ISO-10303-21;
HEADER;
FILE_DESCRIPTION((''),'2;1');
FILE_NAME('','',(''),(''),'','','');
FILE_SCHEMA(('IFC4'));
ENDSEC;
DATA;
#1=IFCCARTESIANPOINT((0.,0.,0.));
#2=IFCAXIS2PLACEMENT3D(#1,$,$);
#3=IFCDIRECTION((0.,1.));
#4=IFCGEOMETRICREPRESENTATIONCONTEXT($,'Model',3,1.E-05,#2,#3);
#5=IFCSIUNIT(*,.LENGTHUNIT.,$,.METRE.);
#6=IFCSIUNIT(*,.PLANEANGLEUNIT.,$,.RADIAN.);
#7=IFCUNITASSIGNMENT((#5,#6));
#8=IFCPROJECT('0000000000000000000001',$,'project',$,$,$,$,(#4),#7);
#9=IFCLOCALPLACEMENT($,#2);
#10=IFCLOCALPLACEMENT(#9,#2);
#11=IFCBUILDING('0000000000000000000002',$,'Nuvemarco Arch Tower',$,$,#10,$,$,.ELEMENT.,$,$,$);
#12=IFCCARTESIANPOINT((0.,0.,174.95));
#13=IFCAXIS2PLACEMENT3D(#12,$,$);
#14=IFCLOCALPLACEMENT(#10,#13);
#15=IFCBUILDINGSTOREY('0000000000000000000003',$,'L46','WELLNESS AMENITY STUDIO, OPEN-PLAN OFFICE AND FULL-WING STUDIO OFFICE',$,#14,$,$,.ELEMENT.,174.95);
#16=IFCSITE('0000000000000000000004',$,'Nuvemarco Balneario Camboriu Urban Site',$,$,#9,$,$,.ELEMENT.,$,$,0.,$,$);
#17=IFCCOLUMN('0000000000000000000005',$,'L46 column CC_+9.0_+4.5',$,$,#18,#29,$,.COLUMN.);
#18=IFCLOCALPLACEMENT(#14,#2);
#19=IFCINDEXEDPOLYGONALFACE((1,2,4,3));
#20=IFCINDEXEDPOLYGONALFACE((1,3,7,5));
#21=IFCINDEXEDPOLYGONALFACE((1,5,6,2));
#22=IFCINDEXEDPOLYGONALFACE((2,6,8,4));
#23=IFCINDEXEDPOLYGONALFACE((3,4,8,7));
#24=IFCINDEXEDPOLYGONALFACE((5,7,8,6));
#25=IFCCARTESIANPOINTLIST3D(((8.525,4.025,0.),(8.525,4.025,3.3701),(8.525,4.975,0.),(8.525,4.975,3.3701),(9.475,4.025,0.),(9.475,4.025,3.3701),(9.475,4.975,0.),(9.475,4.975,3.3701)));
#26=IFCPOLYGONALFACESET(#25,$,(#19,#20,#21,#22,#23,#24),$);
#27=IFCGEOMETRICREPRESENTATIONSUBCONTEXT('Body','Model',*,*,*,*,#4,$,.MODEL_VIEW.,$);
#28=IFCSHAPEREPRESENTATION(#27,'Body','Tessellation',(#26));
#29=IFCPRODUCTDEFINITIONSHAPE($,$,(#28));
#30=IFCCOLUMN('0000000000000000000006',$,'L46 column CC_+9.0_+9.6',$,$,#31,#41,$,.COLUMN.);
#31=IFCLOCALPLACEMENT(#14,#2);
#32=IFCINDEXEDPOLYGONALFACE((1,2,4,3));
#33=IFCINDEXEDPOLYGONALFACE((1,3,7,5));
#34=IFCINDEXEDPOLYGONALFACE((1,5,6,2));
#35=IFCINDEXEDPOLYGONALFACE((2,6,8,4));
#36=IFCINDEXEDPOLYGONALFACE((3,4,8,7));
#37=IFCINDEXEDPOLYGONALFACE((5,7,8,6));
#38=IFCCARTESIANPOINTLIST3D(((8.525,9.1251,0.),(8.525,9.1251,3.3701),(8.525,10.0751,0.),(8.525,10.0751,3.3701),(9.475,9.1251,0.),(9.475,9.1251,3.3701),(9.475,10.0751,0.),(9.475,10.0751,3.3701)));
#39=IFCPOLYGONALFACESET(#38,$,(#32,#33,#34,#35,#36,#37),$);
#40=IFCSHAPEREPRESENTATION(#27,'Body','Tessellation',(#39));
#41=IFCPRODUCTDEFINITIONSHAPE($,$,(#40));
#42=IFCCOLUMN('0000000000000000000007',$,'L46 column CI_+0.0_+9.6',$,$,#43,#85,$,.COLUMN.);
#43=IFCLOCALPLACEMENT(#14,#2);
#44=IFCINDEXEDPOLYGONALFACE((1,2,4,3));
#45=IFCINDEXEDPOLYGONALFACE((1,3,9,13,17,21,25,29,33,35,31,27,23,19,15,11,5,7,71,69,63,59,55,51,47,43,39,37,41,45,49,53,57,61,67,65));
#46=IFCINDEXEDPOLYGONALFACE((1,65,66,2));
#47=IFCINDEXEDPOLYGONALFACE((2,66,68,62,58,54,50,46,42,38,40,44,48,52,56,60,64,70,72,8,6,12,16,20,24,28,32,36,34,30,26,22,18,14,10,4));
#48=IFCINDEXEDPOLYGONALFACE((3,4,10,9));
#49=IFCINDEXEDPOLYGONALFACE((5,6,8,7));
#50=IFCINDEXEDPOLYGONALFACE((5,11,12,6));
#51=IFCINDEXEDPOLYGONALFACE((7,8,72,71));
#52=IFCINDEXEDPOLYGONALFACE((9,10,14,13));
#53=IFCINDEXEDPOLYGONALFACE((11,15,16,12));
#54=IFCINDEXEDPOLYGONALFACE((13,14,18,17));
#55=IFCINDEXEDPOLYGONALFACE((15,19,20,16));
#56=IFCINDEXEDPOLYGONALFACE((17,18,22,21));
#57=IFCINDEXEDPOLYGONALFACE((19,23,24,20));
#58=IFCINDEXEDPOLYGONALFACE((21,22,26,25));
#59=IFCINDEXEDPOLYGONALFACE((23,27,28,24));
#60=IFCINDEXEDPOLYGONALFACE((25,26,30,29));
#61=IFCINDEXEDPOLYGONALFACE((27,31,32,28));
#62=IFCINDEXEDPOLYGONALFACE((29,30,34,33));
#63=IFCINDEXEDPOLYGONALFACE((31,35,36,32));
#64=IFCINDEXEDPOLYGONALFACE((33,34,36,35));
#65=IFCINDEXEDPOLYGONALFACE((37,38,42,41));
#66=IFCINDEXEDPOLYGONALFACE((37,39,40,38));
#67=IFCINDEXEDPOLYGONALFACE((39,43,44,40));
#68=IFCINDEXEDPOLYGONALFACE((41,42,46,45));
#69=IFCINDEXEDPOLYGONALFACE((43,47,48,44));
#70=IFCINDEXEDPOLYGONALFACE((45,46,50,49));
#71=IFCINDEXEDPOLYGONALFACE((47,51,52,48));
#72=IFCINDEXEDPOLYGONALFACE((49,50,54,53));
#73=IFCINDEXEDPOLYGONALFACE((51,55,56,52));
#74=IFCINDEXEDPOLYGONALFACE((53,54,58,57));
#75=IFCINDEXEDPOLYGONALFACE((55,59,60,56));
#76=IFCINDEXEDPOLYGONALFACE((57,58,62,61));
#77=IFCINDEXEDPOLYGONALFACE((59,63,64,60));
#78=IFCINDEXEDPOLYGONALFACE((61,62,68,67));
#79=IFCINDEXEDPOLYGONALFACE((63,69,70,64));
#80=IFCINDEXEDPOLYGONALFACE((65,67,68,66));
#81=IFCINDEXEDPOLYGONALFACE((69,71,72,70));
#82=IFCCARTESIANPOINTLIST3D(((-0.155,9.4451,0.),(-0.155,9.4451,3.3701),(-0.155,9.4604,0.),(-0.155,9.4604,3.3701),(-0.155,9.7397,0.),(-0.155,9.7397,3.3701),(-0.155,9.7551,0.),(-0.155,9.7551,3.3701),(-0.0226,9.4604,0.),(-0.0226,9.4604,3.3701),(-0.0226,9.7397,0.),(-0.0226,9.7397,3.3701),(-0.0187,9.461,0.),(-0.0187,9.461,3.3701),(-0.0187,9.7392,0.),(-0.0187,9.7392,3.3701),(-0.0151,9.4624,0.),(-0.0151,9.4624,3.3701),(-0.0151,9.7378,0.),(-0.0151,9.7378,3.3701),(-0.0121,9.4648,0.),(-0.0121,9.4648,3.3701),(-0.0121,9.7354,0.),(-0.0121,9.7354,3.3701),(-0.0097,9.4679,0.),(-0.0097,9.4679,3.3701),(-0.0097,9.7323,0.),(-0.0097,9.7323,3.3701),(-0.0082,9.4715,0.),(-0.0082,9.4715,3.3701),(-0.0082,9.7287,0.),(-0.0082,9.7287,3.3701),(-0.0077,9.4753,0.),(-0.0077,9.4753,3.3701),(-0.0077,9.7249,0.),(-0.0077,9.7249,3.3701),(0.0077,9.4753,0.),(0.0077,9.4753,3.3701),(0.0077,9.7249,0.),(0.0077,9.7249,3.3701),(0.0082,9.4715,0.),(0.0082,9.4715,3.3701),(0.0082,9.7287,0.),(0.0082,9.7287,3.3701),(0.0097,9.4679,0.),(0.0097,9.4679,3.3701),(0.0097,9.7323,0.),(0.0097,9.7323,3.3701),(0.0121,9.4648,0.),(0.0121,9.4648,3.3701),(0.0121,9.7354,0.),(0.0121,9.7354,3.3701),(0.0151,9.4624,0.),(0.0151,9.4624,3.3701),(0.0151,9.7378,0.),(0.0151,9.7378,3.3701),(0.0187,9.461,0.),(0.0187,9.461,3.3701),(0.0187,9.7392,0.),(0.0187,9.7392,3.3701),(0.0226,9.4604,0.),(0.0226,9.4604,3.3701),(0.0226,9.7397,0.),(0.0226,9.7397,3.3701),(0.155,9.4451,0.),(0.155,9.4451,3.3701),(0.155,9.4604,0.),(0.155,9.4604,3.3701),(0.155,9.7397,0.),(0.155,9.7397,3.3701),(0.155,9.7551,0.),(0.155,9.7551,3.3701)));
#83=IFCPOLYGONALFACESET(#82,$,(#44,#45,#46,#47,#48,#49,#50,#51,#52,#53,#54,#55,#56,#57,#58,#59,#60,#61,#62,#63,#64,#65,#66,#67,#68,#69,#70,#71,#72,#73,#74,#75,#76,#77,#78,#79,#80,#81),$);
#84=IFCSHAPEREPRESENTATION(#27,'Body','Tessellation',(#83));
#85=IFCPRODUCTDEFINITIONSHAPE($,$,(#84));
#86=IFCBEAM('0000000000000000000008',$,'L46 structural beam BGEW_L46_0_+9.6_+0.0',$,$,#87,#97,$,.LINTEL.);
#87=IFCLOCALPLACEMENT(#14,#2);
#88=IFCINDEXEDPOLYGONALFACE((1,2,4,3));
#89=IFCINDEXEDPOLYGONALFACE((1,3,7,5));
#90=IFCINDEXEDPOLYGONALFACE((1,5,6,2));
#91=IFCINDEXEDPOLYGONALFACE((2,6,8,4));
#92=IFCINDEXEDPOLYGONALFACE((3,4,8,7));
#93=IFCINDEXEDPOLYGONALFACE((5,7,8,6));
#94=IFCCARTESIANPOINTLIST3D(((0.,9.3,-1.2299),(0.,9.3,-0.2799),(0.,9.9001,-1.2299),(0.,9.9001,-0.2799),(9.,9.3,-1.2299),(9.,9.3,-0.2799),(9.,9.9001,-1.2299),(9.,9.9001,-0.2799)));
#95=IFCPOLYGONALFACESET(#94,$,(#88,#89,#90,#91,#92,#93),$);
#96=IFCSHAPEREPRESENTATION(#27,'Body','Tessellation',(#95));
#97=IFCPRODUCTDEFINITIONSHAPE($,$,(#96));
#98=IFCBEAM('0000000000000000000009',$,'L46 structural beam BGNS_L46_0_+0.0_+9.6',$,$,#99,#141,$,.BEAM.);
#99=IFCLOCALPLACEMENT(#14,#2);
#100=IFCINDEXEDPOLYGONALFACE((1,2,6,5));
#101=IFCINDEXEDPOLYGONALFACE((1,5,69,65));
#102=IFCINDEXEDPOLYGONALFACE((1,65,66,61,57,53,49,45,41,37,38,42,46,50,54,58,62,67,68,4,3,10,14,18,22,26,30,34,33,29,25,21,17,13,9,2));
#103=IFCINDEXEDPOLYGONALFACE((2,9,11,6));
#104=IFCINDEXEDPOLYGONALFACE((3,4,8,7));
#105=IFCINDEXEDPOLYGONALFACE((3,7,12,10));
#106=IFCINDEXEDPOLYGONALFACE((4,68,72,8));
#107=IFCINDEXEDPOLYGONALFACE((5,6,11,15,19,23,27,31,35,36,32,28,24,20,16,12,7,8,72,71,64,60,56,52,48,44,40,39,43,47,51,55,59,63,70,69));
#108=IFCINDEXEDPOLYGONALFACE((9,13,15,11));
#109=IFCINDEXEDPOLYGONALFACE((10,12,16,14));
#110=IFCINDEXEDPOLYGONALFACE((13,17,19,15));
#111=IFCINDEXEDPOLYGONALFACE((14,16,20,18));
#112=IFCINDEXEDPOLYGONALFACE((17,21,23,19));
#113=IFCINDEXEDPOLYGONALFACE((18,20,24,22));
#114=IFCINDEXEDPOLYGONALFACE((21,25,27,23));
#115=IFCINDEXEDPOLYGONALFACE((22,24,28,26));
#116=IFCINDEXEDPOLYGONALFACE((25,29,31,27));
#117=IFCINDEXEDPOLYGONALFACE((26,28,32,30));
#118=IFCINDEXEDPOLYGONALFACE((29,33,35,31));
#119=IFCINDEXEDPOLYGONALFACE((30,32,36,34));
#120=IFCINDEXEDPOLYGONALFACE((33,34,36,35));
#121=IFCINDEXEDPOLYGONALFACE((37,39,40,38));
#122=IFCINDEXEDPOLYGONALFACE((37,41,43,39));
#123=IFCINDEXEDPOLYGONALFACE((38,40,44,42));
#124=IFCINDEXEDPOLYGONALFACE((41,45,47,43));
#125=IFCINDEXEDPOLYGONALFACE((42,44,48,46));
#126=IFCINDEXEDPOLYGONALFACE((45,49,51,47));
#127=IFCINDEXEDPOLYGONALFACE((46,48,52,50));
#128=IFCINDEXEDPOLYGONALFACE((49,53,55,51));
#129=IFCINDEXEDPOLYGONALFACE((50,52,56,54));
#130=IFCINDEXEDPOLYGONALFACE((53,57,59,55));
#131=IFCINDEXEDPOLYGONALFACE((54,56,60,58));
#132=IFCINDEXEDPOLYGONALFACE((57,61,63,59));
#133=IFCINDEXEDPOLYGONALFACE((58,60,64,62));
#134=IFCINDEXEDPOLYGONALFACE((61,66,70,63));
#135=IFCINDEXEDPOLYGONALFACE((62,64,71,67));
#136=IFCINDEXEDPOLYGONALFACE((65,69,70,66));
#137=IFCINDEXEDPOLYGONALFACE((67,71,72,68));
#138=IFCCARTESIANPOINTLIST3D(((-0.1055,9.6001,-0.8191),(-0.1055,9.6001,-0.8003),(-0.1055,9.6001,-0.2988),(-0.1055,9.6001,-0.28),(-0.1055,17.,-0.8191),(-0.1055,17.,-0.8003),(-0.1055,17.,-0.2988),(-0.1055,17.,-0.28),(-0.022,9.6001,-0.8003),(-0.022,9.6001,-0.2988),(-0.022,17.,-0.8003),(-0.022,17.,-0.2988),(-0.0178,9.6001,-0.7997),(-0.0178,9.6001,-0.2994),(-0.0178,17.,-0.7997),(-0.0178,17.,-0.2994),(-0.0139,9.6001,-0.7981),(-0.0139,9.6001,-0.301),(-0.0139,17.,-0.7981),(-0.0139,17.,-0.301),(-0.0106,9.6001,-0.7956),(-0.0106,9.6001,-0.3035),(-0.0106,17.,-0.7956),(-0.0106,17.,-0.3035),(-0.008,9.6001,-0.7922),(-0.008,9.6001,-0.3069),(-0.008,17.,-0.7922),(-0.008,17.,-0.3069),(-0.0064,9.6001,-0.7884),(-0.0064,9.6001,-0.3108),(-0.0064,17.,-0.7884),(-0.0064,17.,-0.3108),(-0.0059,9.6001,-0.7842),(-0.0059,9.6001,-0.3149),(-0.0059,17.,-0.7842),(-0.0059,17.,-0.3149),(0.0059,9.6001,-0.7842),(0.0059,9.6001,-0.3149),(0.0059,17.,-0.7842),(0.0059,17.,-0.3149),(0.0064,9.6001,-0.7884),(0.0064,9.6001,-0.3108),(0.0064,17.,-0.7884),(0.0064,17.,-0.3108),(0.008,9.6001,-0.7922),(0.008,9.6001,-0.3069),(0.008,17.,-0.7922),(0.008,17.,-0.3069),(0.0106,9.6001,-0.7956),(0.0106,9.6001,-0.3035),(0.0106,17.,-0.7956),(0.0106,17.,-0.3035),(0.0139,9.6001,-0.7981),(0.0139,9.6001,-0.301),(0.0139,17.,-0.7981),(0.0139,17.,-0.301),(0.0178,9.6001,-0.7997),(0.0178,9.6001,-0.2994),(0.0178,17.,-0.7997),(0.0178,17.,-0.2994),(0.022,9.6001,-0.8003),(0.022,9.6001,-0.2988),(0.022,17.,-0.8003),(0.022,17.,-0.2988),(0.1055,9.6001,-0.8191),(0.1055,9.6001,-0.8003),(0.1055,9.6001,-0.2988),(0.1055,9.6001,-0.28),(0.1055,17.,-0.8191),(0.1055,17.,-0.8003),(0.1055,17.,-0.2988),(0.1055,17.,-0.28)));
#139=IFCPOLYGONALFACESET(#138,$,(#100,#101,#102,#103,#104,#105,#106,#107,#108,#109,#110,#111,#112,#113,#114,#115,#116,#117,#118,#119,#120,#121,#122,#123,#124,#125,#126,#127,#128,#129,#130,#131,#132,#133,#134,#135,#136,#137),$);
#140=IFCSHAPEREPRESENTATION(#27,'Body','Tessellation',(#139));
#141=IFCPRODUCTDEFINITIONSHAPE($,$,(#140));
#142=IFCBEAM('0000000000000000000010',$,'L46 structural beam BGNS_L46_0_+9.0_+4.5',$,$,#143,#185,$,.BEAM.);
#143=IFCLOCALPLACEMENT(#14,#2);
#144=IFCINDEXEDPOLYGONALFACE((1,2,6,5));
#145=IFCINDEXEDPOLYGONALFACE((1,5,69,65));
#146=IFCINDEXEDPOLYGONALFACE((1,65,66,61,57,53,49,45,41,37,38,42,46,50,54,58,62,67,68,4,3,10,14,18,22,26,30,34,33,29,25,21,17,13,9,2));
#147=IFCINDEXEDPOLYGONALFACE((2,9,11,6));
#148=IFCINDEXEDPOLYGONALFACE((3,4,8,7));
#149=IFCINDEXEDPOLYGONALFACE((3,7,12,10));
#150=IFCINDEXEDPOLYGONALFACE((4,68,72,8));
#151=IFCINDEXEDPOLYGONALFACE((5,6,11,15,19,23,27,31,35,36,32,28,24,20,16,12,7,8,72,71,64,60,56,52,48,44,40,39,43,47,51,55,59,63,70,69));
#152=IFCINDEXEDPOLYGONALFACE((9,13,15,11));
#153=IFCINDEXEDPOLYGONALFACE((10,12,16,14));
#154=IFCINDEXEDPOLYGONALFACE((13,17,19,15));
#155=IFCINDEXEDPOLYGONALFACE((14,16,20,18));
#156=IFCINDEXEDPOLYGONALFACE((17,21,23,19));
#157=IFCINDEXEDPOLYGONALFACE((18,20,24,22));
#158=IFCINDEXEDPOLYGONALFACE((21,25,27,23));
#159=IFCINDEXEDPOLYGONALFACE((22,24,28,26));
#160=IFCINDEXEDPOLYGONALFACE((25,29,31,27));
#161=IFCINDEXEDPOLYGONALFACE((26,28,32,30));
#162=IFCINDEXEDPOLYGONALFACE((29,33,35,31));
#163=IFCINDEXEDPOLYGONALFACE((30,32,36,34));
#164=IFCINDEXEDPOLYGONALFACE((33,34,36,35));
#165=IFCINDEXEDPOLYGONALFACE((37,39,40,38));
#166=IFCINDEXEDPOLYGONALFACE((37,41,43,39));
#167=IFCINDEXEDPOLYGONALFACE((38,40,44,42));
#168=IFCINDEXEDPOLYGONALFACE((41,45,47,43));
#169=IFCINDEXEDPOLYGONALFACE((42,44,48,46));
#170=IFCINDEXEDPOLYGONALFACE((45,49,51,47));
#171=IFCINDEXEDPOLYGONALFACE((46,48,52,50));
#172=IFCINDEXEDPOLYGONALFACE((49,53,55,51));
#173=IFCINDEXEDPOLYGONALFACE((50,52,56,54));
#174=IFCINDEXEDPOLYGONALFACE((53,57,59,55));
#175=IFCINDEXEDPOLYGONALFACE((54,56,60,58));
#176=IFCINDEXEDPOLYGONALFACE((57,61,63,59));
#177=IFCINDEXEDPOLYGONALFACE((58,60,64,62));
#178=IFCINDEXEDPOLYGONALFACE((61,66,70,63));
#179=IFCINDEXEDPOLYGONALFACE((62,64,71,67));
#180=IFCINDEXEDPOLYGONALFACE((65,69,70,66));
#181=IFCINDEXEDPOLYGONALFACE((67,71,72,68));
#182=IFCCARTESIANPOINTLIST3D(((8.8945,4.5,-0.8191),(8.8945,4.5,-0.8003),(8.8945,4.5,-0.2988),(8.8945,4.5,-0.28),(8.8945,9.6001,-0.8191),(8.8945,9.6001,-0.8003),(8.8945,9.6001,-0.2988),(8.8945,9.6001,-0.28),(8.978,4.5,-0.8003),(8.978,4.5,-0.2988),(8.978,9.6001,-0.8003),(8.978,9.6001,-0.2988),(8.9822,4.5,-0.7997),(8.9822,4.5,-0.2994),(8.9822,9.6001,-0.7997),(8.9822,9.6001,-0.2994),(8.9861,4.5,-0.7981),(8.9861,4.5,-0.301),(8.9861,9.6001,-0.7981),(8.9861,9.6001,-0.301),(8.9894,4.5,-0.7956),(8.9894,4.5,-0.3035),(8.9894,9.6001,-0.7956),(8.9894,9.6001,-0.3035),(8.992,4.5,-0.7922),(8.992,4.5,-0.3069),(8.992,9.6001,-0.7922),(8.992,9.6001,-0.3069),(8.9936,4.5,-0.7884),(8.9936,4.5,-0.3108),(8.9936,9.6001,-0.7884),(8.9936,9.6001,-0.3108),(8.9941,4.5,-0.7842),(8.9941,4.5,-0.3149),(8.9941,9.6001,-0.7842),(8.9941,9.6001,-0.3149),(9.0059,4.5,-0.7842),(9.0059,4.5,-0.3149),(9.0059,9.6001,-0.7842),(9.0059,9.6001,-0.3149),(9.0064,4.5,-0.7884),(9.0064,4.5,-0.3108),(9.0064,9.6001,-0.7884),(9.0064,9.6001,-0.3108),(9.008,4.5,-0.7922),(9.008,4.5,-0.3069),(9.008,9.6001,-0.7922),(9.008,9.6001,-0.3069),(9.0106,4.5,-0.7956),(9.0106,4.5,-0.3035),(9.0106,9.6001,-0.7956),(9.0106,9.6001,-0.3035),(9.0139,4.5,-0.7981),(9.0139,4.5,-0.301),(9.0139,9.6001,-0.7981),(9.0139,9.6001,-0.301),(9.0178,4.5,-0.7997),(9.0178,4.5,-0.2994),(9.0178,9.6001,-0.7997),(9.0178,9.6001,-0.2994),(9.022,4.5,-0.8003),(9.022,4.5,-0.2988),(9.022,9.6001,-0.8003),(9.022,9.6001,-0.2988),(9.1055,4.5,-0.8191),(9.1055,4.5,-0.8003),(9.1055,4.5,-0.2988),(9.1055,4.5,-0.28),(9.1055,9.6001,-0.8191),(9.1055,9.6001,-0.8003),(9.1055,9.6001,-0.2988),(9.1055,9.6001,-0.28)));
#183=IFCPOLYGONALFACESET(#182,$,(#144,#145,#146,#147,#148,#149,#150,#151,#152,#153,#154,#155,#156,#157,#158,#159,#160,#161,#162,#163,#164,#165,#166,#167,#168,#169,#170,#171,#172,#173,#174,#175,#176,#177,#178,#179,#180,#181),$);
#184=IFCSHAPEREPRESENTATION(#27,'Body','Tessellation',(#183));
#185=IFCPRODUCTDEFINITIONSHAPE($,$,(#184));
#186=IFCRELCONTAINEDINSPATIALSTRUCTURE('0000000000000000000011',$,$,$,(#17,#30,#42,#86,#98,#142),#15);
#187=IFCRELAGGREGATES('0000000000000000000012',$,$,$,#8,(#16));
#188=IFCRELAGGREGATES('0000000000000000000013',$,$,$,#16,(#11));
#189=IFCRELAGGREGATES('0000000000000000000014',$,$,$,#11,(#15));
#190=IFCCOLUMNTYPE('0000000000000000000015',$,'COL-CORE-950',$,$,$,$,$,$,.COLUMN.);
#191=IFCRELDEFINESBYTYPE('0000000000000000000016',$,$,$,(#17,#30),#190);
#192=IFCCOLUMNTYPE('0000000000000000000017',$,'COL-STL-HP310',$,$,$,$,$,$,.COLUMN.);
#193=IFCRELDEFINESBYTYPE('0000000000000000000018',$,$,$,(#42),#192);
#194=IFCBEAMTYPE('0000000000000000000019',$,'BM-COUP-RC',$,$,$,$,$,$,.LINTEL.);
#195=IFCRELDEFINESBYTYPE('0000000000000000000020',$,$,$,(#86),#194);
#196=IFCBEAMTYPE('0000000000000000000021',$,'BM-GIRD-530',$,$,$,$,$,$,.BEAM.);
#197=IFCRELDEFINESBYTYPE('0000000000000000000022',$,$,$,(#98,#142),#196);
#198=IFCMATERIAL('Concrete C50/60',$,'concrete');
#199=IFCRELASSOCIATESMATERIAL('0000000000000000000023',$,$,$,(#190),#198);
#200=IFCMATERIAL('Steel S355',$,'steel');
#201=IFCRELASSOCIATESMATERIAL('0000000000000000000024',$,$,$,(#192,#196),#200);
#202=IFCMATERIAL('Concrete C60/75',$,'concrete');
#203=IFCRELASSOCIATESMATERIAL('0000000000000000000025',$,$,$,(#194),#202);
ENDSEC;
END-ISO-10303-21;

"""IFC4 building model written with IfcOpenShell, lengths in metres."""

from ifc_helpers import new_model, si_unit, direction, frame, origin, origin_2d, place, context, subcontext, project, spatial, rectangle, i_section, extrude, material, material_profile, profile_set, type_object, element, save


model = new_model("IFC4")

# Units and contexts
model_context = context("Model", 3, precision=1e-05, world=origin(), true_north=direction((0.0, 1.0)))
body_context = subcontext(model_context, "Body", "Model", "MODEL_VIEW")
ifc_project = project(units=[si_unit("LENGTHUNIT", "METRE"), si_unit("PLANEANGLEUNIT", "RADIAN")], contexts=[model_context])

# Site, building, storey
site_placement = place(None, origin())
site = spatial("IfcSite", under=ifc_project, at=site_placement, Name="Nuvemarco Balneario Camboriu Urban Site", CompositionType="ELEMENT", RefElevation=0.0)
building_placement = place(site_placement, origin())
building = spatial("IfcBuilding", under=site, at=building_placement, Name="Nuvemarco Arch Tower", CompositionType="ELEMENT")
storey_placement = place(building_placement, frame((0.0, 0.0, 174.95)))
storey = spatial("IfcBuildingStorey", under=building, at=storey_placement, Name="L46", Description="WELLNESS AMENITY STUDIO, OPEN-PLAN OFFICE AND FULL-WING STUDIO OFFICE", CompositionType="ELEMENT", Elevation=174.95)

# Columns
ifc_material_1 = material(Name="Concrete C50/60", Category="concrete")
ifc_material_profile_1 = material_profile(ifc_material_1, rectangle(XDim=0.95, YDim=0.95, at=origin_2d()), Name="RC-COL-950x950")
ifc_profile_set_1 = profile_set([ifc_material_profile_1], Name="Concrete C50/60")
column_type_1 = type_object("IfcColumnType", Name="COL-CORE-950", PredefinedType="COLUMN", material=ifc_profile_set_1)
for number, where, z_axis, x_axis, name in (
    (1, (9.0, 4.5, 0.0), (0.0, 0.0, 1.0), (1.0, 0.0, 0.0), "L46 column CC_+9.0_+4.5"),
    (2, (9.0, 9.6001, 0.0), (0.0, 0.0, 1.0), (1.0, 0.0, 0.0), "L46 column CC_+9.0_+9.6"),
):
    element("IfcColumn", number, at=place(storey_placement, frame(where, z_axis=z_axis, x_axis=x_axis)), inside=storey, type_object=column_type_1, Name=name, PredefinedType="COLUMN", context=body_context, shape_type="SweptSolid", body=[
        extrude(rectangle(XDim=0.95, YDim=0.95, at=origin_2d()), origin(), (0.0, 0.0, 1.0), 3.3701),
    ])
ifc_material_2 = material(Name="Steel S355", Category="steel")
ifc_material_profile_2 = material_profile(ifc_material_2, i_section(OverallWidth=0.3101, OverallDepth=0.3101, WebThickness=0.0154, FlangeThickness=0.0154, FilletRadius=0.0149, at=origin_2d()), Name="HP310x110")
ifc_profile_set_2 = profile_set([ifc_material_profile_2], Name="Steel S355")
column_type_2 = type_object("IfcColumnType", Name="COL-STL-HP310", PredefinedType="COLUMN", material=ifc_profile_set_2)
column_placement = place(storey_placement, frame((0.0, 9.6001, 0.0), z_axis=(0.0, 0.0, 1.0), x_axis=(1.0, 0.0, 0.0)))
element("IfcColumn", 3, at=column_placement, inside=storey, type_object=column_type_2, Name="L46 column CI_+0.0_+9.6", PredefinedType="COLUMN", context=body_context, shape_type="SweptSolid", body=[
    extrude(i_section(OverallWidth=0.3101, OverallDepth=0.3101, WebThickness=0.0154, FlangeThickness=0.0154, FilletRadius=0.0149, at=origin_2d()), origin(), (0.0, 0.0, 1.0), 3.3701),
])

# Beams
ifc_material_3 = material(Name="Concrete C60/75", Category="concrete")
ifc_material_profile_3 = material_profile(ifc_material_3, rectangle(XDim=0.6001, YDim=0.95, at=origin_2d()), Name="RC-BM-600x950")
ifc_profile_set_3 = profile_set([ifc_material_profile_3], Name="Concrete C60/75")
beam_type_1 = type_object("IfcBeamType", Name="BM-COUP-RC", PredefinedType="LINTEL", material=ifc_profile_set_3)
beam_1_placement = place(storey_placement, frame((0.0, 9.6001, -0.7549), z_axis=(1.0, 0.0, 0.0), x_axis=(0.0, 1.0, 0.0)))
element("IfcBeam", 4, at=beam_1_placement, inside=storey, type_object=beam_type_1, Name="L46 structural beam BGEW_L46_0_+9.6_+0.0", PredefinedType="LINTEL", context=body_context, shape_type="SweptSolid", body=[
    extrude(rectangle(XDim=0.6001, YDim=0.95, at=origin_2d()), origin(), (0.0, 0.0, 1.0), 9.0),
])
ifc_material_profile_4 = material_profile(ifc_material_2, i_section(OverallWidth=0.2109, OverallDepth=0.5391, WebThickness=0.0117, FlangeThickness=0.0188, FilletRadius=0.0161, at=origin_2d()), Name="W530x109")
ifc_profile_set_4 = profile_set([ifc_material_profile_4], Name="Steel S355")
beam_type_2 = type_object("IfcBeamType", Name="BM-GIRD-530", PredefinedType="BEAM", material=ifc_profile_set_4)
beam_2_placement = place(storey_placement, frame((0.0, 9.6001, -0.5496), z_axis=(0.0, 1.0, 0.0), x_axis=(-1.0, 0.0, 0.0)))
element("IfcBeam", 5, at=beam_2_placement, inside=storey, type_object=beam_type_2, Name="L46 structural beam BGNS_L46_0_+0.0_+9.6", PredefinedType="BEAM", context=body_context, shape_type="SweptSolid", body=[
    extrude(i_section(OverallWidth=0.2109, OverallDepth=0.5391, WebThickness=0.0117, FlangeThickness=0.0188, FilletRadius=0.0161, at=origin_2d()), origin(), (0.0, 0.0, 1.0), 7.3999),
])
beam_3_placement = place(storey_placement, frame((9.0, 4.5, -0.5496), z_axis=(0.0, 1.0, 0.0), x_axis=(-1.0, 0.0, 0.0)))
element("IfcBeam", 6, at=beam_3_placement, inside=storey, type_object=beam_type_2, Name="L46 structural beam BGNS_L46_0_+9.0_+4.5", PredefinedType="BEAM", context=body_context, shape_type="SweptSolid", body=[
    extrude(i_section(OverallWidth=0.2109, OverallDepth=0.5391, WebThickness=0.0117, FlangeThickness=0.0188, FilletRadius=0.0161, at=origin_2d()), origin(), (0.0, 0.0, 1.0), 5.1001),
])

save(model, "model.ifc")
